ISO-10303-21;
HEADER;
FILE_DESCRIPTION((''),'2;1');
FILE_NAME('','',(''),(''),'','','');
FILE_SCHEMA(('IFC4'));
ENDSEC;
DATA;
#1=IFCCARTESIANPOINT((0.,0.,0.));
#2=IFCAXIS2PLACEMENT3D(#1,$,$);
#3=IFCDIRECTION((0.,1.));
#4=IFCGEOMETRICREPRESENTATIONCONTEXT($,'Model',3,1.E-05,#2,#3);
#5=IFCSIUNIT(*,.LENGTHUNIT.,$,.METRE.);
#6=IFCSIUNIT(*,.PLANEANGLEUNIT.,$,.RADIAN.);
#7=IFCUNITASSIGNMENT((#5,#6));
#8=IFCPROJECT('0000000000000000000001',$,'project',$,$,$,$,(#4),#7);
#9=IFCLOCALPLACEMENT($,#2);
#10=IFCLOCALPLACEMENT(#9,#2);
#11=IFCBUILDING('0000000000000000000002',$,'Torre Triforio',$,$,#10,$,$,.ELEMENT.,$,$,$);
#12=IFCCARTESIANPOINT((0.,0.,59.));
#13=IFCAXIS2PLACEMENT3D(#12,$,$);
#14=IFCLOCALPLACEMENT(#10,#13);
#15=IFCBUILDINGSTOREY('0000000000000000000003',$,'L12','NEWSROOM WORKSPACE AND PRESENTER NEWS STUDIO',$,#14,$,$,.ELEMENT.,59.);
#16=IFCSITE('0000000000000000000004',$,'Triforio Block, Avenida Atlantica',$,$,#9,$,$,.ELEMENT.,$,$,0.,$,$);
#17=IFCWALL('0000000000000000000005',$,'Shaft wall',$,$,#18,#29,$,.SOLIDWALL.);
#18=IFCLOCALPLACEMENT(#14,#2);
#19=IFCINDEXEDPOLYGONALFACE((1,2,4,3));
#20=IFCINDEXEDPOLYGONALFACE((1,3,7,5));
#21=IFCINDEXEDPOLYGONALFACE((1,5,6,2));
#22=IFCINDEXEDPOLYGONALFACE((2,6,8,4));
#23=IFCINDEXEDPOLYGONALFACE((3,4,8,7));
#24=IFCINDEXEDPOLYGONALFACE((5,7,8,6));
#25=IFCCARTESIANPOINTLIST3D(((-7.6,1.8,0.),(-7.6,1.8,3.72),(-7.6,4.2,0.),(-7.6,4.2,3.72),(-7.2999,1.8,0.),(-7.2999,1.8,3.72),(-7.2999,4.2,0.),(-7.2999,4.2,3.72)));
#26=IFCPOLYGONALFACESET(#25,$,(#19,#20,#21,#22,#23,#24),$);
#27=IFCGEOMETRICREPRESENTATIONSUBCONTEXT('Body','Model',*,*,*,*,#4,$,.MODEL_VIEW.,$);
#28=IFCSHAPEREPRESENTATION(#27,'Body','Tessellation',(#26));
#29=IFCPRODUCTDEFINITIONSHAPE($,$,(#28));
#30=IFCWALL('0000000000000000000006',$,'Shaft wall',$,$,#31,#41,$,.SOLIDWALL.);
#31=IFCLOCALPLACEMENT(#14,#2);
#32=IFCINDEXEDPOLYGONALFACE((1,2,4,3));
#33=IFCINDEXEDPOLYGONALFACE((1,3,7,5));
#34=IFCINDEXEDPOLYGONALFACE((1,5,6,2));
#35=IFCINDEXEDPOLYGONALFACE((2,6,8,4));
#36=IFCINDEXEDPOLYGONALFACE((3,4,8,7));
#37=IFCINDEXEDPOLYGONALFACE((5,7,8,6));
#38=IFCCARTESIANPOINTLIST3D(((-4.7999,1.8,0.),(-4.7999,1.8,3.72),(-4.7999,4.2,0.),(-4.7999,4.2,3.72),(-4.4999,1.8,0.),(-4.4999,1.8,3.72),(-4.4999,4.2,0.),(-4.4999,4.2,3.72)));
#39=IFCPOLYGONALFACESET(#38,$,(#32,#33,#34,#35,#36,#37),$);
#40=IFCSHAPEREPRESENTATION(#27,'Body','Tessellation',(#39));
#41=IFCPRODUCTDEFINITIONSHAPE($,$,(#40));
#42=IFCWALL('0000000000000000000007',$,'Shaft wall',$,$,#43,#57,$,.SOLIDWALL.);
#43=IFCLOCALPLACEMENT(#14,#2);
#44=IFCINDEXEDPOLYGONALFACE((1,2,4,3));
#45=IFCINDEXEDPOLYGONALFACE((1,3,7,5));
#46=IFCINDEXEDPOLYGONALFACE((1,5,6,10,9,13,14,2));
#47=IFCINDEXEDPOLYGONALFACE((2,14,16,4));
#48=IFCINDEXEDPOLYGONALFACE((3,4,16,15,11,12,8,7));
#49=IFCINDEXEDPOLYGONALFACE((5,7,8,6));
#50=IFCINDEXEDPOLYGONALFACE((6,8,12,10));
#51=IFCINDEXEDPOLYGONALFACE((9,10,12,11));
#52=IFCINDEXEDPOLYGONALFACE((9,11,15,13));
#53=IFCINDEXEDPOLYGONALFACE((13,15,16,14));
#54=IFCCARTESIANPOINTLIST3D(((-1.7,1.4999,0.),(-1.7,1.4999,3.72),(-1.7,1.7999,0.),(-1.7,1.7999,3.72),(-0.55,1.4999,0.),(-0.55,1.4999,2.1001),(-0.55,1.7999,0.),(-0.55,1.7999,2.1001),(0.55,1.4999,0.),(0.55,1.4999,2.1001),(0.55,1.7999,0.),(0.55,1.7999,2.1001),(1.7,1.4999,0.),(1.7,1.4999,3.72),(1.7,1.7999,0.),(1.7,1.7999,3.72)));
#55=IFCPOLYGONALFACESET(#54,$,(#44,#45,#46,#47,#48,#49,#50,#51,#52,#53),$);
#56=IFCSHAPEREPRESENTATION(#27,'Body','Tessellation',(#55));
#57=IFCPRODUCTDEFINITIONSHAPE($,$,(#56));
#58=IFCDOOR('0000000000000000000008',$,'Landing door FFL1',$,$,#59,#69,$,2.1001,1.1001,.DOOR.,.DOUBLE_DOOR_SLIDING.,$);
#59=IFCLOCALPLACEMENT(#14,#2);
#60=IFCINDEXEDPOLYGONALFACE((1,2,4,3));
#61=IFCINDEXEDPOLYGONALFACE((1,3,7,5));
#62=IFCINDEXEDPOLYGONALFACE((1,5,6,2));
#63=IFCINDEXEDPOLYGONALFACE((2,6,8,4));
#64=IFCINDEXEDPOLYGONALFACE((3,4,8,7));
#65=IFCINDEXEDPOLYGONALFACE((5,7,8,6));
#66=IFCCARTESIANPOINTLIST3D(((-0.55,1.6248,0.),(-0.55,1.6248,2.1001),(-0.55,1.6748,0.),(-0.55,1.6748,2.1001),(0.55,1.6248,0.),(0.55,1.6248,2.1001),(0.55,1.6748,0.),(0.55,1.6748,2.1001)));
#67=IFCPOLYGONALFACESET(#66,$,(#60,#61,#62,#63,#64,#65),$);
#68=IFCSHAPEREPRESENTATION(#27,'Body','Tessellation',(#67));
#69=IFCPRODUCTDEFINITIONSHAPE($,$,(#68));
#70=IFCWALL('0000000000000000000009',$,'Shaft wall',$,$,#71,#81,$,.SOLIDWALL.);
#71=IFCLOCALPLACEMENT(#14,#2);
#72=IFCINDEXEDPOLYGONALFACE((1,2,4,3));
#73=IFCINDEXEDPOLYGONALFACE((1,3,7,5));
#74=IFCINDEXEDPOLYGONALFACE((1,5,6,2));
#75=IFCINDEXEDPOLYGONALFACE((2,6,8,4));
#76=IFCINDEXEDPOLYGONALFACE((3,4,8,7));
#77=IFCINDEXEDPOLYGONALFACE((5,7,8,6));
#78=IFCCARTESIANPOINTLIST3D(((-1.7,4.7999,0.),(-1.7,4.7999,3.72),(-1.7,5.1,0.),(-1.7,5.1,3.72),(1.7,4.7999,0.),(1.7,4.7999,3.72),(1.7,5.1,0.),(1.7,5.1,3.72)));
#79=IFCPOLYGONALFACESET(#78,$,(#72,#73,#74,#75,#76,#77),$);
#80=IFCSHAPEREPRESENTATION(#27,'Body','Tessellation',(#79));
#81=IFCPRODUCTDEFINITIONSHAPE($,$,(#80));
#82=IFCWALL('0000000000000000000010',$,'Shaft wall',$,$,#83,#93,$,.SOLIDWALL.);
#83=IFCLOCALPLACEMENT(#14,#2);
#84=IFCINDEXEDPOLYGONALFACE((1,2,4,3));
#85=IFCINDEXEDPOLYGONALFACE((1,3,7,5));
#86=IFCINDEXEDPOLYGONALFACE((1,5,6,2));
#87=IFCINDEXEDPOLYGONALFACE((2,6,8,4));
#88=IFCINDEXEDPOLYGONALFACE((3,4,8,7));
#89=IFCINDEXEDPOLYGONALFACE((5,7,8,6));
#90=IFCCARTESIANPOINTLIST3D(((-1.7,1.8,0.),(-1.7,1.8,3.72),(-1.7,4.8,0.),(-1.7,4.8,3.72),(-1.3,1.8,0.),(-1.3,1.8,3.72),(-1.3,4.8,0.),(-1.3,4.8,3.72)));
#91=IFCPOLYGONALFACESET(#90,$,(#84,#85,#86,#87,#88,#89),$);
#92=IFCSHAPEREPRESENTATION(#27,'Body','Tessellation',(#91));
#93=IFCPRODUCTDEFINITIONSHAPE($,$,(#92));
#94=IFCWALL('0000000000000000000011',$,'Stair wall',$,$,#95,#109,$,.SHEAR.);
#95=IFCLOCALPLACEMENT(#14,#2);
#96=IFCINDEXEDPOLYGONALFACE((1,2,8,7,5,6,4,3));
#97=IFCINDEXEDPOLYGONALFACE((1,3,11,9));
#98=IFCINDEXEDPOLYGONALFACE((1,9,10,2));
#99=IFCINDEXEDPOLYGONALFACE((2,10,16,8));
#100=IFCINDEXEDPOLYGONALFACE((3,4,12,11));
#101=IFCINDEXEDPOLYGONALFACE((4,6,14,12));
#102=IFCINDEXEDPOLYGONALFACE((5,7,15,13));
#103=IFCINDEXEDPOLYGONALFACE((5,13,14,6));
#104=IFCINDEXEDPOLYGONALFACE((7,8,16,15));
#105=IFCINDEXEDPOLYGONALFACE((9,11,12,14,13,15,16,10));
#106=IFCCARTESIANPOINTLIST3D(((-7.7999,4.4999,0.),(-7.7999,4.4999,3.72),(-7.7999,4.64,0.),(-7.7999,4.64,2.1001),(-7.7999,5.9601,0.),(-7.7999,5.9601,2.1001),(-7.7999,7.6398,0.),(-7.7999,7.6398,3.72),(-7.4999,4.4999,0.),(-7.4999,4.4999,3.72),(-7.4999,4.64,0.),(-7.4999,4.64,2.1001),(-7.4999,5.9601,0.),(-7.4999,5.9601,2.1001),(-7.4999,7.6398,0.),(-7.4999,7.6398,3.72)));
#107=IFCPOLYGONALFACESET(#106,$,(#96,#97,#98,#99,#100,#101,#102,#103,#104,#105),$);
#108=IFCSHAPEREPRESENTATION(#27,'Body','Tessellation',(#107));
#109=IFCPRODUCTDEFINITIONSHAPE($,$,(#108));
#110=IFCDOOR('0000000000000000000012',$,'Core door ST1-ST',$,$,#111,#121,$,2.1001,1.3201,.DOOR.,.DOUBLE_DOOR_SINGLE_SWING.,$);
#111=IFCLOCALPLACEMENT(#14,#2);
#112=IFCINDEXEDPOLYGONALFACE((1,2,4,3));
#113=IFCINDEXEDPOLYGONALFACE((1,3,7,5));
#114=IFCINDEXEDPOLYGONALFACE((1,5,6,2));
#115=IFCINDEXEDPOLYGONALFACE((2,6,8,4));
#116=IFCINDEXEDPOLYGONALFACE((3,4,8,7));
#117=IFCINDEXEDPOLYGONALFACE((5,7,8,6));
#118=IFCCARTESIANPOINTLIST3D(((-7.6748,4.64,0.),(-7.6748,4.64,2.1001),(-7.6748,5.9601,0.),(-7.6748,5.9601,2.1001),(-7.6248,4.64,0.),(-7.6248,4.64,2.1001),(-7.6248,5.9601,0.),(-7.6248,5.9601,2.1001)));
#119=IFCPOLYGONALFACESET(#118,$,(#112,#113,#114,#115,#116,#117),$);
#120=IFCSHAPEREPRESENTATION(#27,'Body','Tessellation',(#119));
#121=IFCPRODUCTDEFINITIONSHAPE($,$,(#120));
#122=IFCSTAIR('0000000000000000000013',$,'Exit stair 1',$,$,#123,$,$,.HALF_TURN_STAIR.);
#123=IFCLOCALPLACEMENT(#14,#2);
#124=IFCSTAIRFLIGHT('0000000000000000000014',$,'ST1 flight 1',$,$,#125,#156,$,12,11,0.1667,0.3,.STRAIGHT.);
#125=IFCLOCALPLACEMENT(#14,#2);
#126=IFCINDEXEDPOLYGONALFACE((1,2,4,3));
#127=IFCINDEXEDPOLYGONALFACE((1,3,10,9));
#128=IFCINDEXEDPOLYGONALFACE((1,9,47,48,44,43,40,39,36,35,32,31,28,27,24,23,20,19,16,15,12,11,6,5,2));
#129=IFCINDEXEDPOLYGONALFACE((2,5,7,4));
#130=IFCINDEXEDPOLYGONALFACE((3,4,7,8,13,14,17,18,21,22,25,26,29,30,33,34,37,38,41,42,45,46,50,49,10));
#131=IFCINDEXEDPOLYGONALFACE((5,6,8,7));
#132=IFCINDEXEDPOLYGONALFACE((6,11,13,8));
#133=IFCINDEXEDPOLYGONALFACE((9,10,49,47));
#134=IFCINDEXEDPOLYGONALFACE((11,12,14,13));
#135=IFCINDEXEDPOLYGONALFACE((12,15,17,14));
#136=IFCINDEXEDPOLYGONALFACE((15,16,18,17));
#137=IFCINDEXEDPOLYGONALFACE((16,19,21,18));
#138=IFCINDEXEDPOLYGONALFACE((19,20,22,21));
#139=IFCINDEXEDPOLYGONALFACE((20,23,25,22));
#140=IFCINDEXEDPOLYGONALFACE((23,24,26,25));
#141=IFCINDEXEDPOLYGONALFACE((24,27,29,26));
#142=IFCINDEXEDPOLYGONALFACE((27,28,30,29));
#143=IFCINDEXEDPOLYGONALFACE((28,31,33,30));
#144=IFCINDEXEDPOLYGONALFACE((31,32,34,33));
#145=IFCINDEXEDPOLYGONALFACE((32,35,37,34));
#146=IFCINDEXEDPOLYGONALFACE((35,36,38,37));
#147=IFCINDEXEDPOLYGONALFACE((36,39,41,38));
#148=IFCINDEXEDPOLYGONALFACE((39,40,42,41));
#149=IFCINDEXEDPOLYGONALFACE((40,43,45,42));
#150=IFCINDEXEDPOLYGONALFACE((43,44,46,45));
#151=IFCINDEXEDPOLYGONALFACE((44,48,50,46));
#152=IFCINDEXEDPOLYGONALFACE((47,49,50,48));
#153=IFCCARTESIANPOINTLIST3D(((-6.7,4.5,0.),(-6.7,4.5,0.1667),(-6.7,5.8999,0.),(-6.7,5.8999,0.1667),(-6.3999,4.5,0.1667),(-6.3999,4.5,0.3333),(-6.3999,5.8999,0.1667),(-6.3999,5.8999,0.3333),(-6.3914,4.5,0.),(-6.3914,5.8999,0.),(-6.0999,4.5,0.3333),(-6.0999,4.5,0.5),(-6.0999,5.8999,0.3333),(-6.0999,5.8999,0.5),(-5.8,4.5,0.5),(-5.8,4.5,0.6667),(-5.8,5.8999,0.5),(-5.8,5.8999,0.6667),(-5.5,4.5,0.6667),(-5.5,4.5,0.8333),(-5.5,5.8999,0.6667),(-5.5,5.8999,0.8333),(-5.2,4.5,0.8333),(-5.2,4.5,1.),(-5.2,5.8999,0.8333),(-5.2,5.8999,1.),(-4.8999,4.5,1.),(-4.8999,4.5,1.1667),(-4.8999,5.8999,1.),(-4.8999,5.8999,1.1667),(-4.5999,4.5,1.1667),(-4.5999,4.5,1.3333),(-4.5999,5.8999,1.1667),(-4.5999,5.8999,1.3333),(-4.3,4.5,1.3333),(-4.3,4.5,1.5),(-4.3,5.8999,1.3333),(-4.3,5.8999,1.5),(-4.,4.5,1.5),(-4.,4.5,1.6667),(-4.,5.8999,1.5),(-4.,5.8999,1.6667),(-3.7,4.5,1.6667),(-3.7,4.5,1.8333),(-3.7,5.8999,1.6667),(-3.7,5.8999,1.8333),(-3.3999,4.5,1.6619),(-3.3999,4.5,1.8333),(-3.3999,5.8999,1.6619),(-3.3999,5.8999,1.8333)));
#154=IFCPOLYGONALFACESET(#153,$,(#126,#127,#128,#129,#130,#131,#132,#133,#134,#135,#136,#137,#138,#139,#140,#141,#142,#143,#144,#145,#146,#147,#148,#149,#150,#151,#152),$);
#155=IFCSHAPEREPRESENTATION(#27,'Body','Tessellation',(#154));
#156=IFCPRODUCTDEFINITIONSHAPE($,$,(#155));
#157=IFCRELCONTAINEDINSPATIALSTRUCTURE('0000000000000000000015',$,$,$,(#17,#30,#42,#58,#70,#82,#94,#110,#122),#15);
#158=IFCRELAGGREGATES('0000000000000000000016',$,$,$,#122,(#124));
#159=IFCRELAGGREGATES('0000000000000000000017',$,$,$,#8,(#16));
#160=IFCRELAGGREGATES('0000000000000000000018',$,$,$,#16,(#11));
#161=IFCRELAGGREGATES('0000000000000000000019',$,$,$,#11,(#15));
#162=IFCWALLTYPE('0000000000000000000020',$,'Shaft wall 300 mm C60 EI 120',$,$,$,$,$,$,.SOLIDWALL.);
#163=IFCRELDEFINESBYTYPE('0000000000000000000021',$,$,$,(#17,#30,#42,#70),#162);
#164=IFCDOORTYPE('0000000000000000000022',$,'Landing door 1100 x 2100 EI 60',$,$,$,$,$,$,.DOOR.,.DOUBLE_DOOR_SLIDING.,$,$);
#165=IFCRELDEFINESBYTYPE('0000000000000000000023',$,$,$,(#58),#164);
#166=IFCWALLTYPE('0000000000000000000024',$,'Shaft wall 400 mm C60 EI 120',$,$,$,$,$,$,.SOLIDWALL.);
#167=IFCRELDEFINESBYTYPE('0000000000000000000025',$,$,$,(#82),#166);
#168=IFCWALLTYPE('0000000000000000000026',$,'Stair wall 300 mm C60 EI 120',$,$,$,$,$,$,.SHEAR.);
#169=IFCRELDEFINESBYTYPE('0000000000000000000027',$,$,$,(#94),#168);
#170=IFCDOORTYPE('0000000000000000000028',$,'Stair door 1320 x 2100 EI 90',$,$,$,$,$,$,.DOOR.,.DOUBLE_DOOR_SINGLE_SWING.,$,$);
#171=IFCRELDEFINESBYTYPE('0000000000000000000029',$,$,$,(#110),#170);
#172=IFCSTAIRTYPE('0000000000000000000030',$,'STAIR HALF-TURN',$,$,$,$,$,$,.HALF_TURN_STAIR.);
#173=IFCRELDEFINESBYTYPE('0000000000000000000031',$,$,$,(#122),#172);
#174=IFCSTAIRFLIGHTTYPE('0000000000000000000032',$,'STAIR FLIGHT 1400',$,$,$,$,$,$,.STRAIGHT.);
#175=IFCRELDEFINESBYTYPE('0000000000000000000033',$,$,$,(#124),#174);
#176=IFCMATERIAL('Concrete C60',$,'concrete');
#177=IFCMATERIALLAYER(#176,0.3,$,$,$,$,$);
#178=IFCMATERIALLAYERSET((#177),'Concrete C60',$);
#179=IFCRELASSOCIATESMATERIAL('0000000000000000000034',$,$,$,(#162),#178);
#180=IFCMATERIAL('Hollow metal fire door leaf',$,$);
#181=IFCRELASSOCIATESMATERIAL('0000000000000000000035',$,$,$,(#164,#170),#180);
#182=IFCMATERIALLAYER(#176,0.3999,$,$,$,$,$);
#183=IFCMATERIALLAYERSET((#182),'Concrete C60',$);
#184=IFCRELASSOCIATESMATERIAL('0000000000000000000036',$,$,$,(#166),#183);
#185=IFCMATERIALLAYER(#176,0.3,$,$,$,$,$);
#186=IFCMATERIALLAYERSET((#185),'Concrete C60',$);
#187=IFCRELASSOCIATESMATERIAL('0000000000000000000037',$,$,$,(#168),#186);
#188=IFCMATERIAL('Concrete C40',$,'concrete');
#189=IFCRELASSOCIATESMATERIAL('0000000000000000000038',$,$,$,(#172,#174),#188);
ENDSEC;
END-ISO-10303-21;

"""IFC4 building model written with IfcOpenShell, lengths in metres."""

from ifc_helpers import new_model, si_unit, direction, frame, frame_2d, origin, place, context, subcontext, project, spatial, polyline, rectangle, outline, extrude, material, layer, layer_set, type_object, element, fill, aggregate, save


model = new_model("IFC4")

# Units and contexts
model_context = context("Model", 3, precision=1e-05, world=origin(), true_north=direction((0.0, 1.0)))
body_context = subcontext(model_context, "Body", "Model", "MODEL_VIEW")
ifc_project = project(units=[si_unit("LENGTHUNIT", "METRE"), si_unit("PLANEANGLEUNIT", "RADIAN")], contexts=[model_context])

# Site, building, storey
site_placement = place(None, origin())
site = spatial("IfcSite", under=ifc_project, at=site_placement, Name="Triforio Block, Avenida Atlantica", CompositionType="ELEMENT", RefElevation=0.0)
building_placement = place(site_placement, origin())
building = spatial("IfcBuilding", under=site, at=building_placement, Name="Torre Triforio", CompositionType="ELEMENT")
storey_placement = place(building_placement, frame((0.0, 0.0, 59.0)))
storey = spatial("IfcBuildingStorey", under=building, at=storey_placement, Name="L12", Description="NEWSROOM WORKSPACE AND PRESENTER NEWS STUDIO", CompositionType="ELEMENT", Elevation=59.0)

# Walls
ifc_material_1 = material(Name="Concrete C60", Category="concrete")
ifc_layer_1 = layer(ifc_material_1, 0.3)
ifc_layer_set_1 = layer_set([ifc_layer_1], Name="Concrete C60")
wall_type_1 = type_object("IfcWallType", Name="Shaft wall 300 mm C60 EI 120", PredefinedType="SOLIDWALL", material=ifc_layer_set_1)
for number, where, z_axis, x_axis, name in (
    (1, (-7.45, 1.8, 0.0), (0.0, 0.0, 1.0), (0.0, 1.0, 0.0), "Shaft wall"),
    (2, (-4.6499, 1.8, 0.0), (0.0, 0.0, 1.0), (0.0, 1.0, 0.0), "Shaft wall"),
):
    element("IfcWall", number, at=place(storey_placement, frame(where, z_axis=z_axis, x_axis=x_axis)), inside=storey, type_object=wall_type_1, Name=name, PredefinedType="SOLIDWALL", context=body_context, shape_type="SweptSolid", body=[
        extrude(rectangle(XDim=2.3999, YDim=0.3, at=frame_2d((1.2, 0.0))), origin(), (0.0, 0.0, 1.0), 3.72),
    ])

# Wall, opening, door
wall_1_placement = place(storey_placement, frame((-1.7, 1.6499, 0.0), z_axis=(0.0, 0.0, 1.0), x_axis=(1.0, 0.0, 0.0)))
wall_1 = element("IfcWall", 3, at=wall_1_placement, inside=storey, type_object=wall_type_1, Name="Shaft wall", PredefinedType="SOLIDWALL", context=body_context, shape_type="SweptSolid", body=[
    extrude(rectangle(XDim=3.3999, YDim=0.3, at=frame_2d((1.7, 0.0))), origin(), (0.0, 0.0, 1.0), 3.72),
])
opening_1_placement = place(wall_1_placement, frame((1.1499, 0.0, 0.0)))
opening_1 = element("IfcOpeningElement", 4, at=opening_1_placement, cuts=wall_1, PredefinedType="OPENING", context=body_context, shape_type="SweptSolid", body=[
    extrude(rectangle(XDim=1.1001, YDim=2.1001, at=frame_2d((0.55, 1.05))), frame((0.0, 0.1599, 0.0), z_axis=(0.0, -1.0, 0.0), x_axis=(1.0, 0.0, 0.0)), (0.0, 0.0, 1.0), 0.3201),
])
ifc_material_2 = material(Name="Hollow metal fire door leaf")
door_type_1 = type_object("IfcDoorType", Name="Landing door 1100 x 2100 EI 60", OperationType="DOUBLE_DOOR_SLIDING", PredefinedType="DOOR", material=ifc_material_2)
door_1_placement = place(opening_1_placement, origin())
door_1 = element("IfcDoor", 5, at=door_1_placement, inside=storey, type_object=door_type_1, Name="Landing door FFL1", OperationType="DOUBLE_DOOR_SLIDING", OverallHeight=2.1001, OverallWidth=1.1001, PredefinedType="DOOR", context=body_context, shape_type="SweptSolid", body=[
    extrude(rectangle(XDim=1.1001, YDim=2.1001, at=frame_2d((0.55, 1.05))), frame((0.0, 0.0249, 0.0), z_axis=(0.0, -1.0, 0.0), x_axis=(1.0, 0.0, 0.0)), (0.0, 0.0, 1.0), 0.05),
])
fill(opening_1, door_1)

# Walls
wall_2_placement = place(storey_placement, frame((-1.7, 4.95, 0.0), z_axis=(0.0, 0.0, 1.0), x_axis=(1.0, 0.0, 0.0)))
element("IfcWall", 6, at=wall_2_placement, inside=storey, type_object=wall_type_1, Name="Shaft wall", PredefinedType="SOLIDWALL", context=body_context, shape_type="SweptSolid", body=[
    extrude(rectangle(XDim=3.3999, YDim=0.3, at=frame_2d((1.7, 0.0))), origin(), (0.0, 0.0, 1.0), 3.72),
])
ifc_layer_2 = layer(ifc_material_1, 0.3999)
ifc_layer_set_2 = layer_set([ifc_layer_2], Name="Concrete C60")
wall_type_2 = type_object("IfcWallType", Name="Shaft wall 400 mm C60 EI 120", PredefinedType="SOLIDWALL", material=ifc_layer_set_2)
wall_3_placement = place(storey_placement, frame((-1.5, 1.8, 0.0), z_axis=(0.0, 0.0, 1.0), x_axis=(0.0, 1.0, 0.0)))
element("IfcWall", 7, at=wall_3_placement, inside=storey, type_object=wall_type_2, Name="Shaft wall", PredefinedType="SOLIDWALL", context=body_context, shape_type="SweptSolid", body=[
    extrude(rectangle(XDim=3.0, YDim=0.3999, at=frame_2d((1.5, 0.0))), origin(), (0.0, 0.0, 1.0), 3.72),
])

# Wall, opening, door
ifc_layer_3 = layer(ifc_material_1, 0.3)
ifc_layer_set_3 = layer_set([ifc_layer_3], Name="Concrete C60")
wall_type_3 = type_object("IfcWallType", Name="Stair wall 300 mm C60 EI 120", PredefinedType="SHEAR", material=ifc_layer_set_3)
wall_4_placement = place(storey_placement, frame((-7.6499, 4.5, 0.0), z_axis=(0.0, 0.0, 1.0), x_axis=(0.0, 1.0, 0.0)))
wall_4 = element("IfcWall", 8, at=wall_4_placement, inside=storey, type_object=wall_type_3, Name="Stair wall", PredefinedType="SHEAR", context=body_context, shape_type="SweptSolid", body=[
    extrude(rectangle(XDim=3.1399, YDim=0.3, at=frame_2d((1.5698, 0.0))), origin(), (0.0, 0.0, 1.0), 3.72),
])
opening_2_placement = place(wall_4_placement, frame((0.1399, 0.0, 0.0)))
opening_2 = element("IfcOpeningElement", 9, at=opening_2_placement, cuts=wall_4, PredefinedType="OPENING", context=body_context, shape_type="SweptSolid", body=[
    extrude(rectangle(XDim=1.3201, YDim=2.1001, at=frame_2d((0.6602, 1.05))), frame((0.0, 0.1599, 0.0), z_axis=(0.0, -1.0, 0.0), x_axis=(1.0, 0.0, 0.0)), (0.0, 0.0, 1.0), 0.3201),
])
door_type_2 = type_object("IfcDoorType", Name="Stair door 1320 x 2100 EI 90", OperationType="DOUBLE_DOOR_SINGLE_SWING", PredefinedType="DOOR", material=ifc_material_2)
door_2_placement = place(opening_2_placement, origin())
door_2 = element("IfcDoor", 10, at=door_2_placement, inside=storey, type_object=door_type_2, Name="Core door ST1-ST", OperationType="DOUBLE_DOOR_SINGLE_SWING", OverallHeight=2.1001, OverallWidth=1.3201, PredefinedType="DOOR", context=body_context, shape_type="SweptSolid", body=[
    extrude(rectangle(XDim=1.3201, YDim=2.1001, at=frame_2d((0.6602, 1.05))), frame((0.0, 0.0249, 0.0), z_axis=(0.0, -1.0, 0.0), x_axis=(1.0, 0.0, 0.0)), (0.0, 0.0, 1.0), 0.05),
])
fill(opening_2, door_2)

# Stair, stair flight
ifc_material_3 = material(Name="Concrete C40", Category="concrete")
stair_type = type_object("IfcStairType", Name="STAIR HALF-TURN", PredefinedType="HALF_TURN_STAIR", material=ifc_material_3)
stair_placement = place(storey_placement, origin())
stair = element("IfcStair", 11, at=stair_placement, inside=storey, type_object=stair_type, Name="Exit stair 1", PredefinedType="HALF_TURN_STAIR")
stair_flight_type = type_object("IfcStairFlightType", Name="STAIR FLIGHT 1400", PredefinedType="STRAIGHT", material=ifc_material_3)
stair_flight_1_placement = place(storey_placement, frame((-6.7, 5.2, 0.0), z_axis=(0.0, 0.0, 1.0), x_axis=(1.0, 0.0, 0.0)))
stair_flight_1 = element("IfcStairFlight", 12, at=stair_flight_1_placement, type_object=stair_flight_type, Name="ST1 flight 1", NumberOfRisers=12, NumberOfTreads=11, PredefinedType="STRAIGHT", RiserHeight=0.1667, TreadLength=0.3, context=body_context, shape_type="SweptSolid", body=[
    extrude(outline(polyline([(0.0, 0.0), (0.0, 0.1667), (0.3, 0.1667), (0.3, 0.3333), (0.6001, 0.3333), (0.6001, 0.5), (0.8999, 0.5), (0.8999, 0.6667), (1.2, 0.6667), (1.2, 0.8333), (1.5, 0.8333), (1.5, 1.0), (1.8, 1.0), (1.8, 1.1667), (2.1001, 1.1667), (2.1001, 1.3333), (2.3999, 1.3333), (2.3999, 1.5), (2.7, 1.5), (2.7, 1.6667), (3.0, 1.6667), (3.0, 1.8333), (3.3, 1.8333), (3.3, 2.0), (3.3, 1.6619), (0.3086, 0.0), (0.0, 0.0)])), frame((0.0, 0.7, 0.0), z_axis=(0.0, -1.0, 0.0), x_axis=(1.0, 0.0, 0.0)), (0.0, 0.0, 1.0), 1.3999),
])
aggregate(stair, [stair_flight_1])

save(model, "model.ifc")
